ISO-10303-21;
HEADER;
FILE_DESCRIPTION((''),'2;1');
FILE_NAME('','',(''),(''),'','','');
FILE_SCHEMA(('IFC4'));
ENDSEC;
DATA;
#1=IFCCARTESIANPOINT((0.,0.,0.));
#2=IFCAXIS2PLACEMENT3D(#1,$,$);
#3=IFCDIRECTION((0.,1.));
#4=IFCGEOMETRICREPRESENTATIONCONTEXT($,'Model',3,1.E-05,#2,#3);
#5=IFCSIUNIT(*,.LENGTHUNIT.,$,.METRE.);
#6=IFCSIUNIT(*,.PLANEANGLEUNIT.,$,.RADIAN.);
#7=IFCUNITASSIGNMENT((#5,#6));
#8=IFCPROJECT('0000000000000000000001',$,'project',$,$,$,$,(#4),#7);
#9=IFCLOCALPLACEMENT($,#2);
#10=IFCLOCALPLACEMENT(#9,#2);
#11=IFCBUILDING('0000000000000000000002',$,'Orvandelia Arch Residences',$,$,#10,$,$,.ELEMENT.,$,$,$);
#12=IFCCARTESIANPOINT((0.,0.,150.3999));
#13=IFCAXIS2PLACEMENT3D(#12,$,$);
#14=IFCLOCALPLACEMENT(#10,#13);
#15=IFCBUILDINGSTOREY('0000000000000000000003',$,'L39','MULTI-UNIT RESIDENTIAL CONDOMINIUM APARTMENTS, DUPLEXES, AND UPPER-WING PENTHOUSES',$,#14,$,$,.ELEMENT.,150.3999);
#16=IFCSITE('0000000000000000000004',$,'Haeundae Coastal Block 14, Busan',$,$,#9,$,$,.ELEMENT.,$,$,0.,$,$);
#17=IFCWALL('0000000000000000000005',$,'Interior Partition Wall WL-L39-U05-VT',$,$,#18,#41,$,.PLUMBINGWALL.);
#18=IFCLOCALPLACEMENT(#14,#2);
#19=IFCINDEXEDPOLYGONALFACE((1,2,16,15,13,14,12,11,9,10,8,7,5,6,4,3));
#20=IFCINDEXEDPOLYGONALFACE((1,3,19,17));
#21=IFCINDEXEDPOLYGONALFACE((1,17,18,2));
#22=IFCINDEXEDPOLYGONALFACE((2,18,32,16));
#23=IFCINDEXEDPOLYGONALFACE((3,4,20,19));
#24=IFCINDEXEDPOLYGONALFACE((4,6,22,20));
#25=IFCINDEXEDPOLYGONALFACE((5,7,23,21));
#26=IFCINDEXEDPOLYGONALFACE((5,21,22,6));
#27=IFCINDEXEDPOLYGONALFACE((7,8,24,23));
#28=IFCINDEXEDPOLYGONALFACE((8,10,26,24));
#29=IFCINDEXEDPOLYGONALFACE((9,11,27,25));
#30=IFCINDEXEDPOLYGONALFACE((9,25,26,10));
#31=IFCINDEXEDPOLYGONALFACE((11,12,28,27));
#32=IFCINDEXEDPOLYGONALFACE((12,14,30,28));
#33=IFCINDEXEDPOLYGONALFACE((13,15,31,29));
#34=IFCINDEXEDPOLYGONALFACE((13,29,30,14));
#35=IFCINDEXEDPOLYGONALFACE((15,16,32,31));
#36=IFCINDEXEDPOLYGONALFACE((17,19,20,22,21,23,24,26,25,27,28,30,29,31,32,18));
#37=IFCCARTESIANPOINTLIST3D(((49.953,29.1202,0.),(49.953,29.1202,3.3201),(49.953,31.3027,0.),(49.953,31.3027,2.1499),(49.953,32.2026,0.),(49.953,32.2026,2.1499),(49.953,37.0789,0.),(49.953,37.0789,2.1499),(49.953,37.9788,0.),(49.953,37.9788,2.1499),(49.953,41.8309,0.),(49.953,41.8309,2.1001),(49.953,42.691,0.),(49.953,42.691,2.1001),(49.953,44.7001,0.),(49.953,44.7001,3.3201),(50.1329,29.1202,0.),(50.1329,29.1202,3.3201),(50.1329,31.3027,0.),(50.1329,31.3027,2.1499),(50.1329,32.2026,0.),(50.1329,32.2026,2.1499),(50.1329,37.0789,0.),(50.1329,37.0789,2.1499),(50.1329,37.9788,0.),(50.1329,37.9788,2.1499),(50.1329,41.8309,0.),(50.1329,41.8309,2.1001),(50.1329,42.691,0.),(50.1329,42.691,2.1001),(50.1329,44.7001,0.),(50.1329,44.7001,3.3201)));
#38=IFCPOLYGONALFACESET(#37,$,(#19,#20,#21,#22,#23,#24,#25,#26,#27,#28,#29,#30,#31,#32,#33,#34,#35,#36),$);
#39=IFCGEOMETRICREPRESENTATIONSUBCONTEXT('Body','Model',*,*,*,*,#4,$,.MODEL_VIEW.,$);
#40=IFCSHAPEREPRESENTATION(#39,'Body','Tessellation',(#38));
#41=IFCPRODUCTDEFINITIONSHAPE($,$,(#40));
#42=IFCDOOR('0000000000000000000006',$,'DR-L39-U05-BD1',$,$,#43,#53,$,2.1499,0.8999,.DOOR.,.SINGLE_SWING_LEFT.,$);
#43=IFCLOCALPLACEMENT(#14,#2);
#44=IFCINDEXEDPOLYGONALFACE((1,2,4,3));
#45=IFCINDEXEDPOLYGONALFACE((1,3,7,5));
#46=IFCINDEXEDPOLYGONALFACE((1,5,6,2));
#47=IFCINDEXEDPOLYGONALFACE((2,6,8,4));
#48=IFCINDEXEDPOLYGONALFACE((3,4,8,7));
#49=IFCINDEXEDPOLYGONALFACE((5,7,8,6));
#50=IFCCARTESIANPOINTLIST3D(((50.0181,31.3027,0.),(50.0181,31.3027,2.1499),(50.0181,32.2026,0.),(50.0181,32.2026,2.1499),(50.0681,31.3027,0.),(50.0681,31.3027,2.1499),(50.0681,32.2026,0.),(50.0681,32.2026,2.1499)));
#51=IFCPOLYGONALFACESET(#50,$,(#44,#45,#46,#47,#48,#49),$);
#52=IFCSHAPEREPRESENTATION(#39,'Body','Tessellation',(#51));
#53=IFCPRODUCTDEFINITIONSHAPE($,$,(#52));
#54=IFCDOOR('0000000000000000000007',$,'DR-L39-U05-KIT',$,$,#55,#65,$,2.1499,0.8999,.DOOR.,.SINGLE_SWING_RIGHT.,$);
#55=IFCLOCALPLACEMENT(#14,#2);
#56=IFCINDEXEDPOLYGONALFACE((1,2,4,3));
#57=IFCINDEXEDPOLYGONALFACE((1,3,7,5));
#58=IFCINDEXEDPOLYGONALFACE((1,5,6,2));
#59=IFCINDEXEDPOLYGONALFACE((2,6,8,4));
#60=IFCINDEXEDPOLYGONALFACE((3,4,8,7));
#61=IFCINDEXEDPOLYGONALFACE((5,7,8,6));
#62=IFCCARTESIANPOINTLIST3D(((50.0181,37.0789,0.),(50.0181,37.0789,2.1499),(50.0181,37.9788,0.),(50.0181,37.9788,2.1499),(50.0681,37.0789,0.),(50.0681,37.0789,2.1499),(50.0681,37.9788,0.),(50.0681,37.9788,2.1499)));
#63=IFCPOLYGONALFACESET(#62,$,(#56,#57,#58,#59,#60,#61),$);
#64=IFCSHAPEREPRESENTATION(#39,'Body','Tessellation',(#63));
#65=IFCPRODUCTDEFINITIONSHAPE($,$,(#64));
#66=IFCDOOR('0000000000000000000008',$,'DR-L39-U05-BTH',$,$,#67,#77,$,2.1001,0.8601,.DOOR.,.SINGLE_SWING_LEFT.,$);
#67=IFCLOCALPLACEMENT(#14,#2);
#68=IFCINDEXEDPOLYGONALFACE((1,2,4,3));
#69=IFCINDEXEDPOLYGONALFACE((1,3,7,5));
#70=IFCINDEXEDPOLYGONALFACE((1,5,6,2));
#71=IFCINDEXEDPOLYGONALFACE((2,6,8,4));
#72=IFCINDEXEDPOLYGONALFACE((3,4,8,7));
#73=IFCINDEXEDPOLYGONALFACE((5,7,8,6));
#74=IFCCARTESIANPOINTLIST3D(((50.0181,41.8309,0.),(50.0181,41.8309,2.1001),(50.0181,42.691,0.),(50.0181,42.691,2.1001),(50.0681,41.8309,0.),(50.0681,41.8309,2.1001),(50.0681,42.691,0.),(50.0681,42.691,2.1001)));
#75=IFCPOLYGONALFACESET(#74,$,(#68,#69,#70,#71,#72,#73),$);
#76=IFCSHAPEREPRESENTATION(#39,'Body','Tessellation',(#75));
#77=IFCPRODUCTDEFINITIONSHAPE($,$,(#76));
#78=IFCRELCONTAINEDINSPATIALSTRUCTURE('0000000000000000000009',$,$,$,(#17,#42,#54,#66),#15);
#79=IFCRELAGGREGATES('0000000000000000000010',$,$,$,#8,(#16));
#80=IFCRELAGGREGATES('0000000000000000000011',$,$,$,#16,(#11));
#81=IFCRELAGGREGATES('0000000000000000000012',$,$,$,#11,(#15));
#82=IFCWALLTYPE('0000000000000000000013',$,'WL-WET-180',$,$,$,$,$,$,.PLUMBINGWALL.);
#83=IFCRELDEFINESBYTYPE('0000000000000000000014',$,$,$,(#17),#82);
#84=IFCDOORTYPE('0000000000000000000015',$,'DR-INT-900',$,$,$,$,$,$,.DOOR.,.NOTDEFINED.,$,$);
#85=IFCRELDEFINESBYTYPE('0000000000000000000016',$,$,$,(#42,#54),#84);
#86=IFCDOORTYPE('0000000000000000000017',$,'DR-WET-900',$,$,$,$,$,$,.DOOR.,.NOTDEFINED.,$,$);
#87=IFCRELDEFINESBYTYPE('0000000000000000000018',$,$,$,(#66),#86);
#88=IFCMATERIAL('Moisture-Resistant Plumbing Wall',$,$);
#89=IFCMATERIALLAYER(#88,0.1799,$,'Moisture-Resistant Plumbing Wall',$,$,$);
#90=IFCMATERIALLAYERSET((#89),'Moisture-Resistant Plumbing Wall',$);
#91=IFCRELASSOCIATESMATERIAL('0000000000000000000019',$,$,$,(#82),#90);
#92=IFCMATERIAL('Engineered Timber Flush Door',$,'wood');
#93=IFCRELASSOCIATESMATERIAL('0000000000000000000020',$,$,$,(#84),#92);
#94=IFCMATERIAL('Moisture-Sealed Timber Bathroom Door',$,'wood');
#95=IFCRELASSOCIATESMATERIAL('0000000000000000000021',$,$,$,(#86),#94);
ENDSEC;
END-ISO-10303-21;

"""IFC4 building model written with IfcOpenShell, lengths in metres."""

from ifc_helpers import new_model, si_unit, direction, frame, frame_2d, origin, place, context, subcontext, project, spatial, rectangle, extrude, material, layer, layer_set, type_object, element, fill, save


model = new_model("IFC4")

# Units and contexts
model_context = context("Model", 3, precision=1e-05, world=origin(), true_north=direction((0.0, 1.0)))
body_context = subcontext(model_context, "Body", "Model", "MODEL_VIEW")
ifc_project = project(units=[si_unit("LENGTHUNIT", "METRE"), si_unit("PLANEANGLEUNIT", "RADIAN")], contexts=[model_context])

# Site, building, storey
site_placement = place(None, origin())
site = spatial("IfcSite", under=ifc_project, at=site_placement, Name="Haeundae Coastal Block 14, Busan", CompositionType="ELEMENT", RefElevation=0.0)
building_placement = place(site_placement, origin())
building = spatial("IfcBuilding", under=site, at=building_placement, Name="Orvandelia Arch Residences", CompositionType="ELEMENT")
storey_placement = place(building_placement, frame((0.0, 0.0, 150.3999)))
storey = spatial("IfcBuildingStorey", under=building, at=storey_placement, Name="L39", Description="MULTI-UNIT RESIDENTIAL CONDOMINIUM APARTMENTS, DUPLEXES, AND UPPER-WING PENTHOUSES", CompositionType="ELEMENT", Elevation=150.3999)

# Wall, openings, doors
ifc_material_1 = material(Name="Moisture-Resistant Plumbing Wall")
ifc_layer_1 = layer(ifc_material_1, 0.1799, Name="Moisture-Resistant Plumbing Wall")
ifc_layer_set_1 = layer_set([ifc_layer_1], Name="Moisture-Resistant Plumbing Wall")
wall_type_1 = type_object("IfcWallType", Name="WL-WET-180", PredefinedType="PLUMBINGWALL", material=ifc_layer_set_1)
wall_1_placement = place(storey_placement, frame((50.043, 29.1201, 0.0), z_axis=(0.0, 0.0, 1.0), x_axis=(0.0, 1.0, 0.0)))
wall_1 = element("IfcWall", 1, at=wall_1_placement, inside=storey, type_object=wall_type_1, Name="Interior Partition Wall WL-L39-U05-VT", PredefinedType="PLUMBINGWALL", context=body_context, shape_type="SweptSolid", body=[
    extrude(rectangle(XDim=15.5798, YDim=0.1799, at=frame_2d((7.79, 0.0))), origin(), (0.0, 0.0, 1.0), 3.3201),
])
opening_1_placement = place(wall_1_placement, frame((2.1826, 0.0, 0.0)))
opening_1 = element("IfcOpeningElement", 2, at=opening_1_placement, cuts=wall_1, PredefinedType="OPENING", context=body_context, shape_type="SweptSolid", body=[
    extrude(rectangle(XDim=0.8999, YDim=2.1499, at=frame_2d((0.45, 1.075))), frame((0.0, 0.1001, 0.0), z_axis=(0.0, -1.0, 0.0), x_axis=(1.0, 0.0, 0.0)), (0.0, 0.0, 1.0), 0.2),
])
opening_2_placement = place(wall_1_placement, frame((7.9587, 0.0, 0.0)))
opening_2 = element("IfcOpeningElement", 3, at=opening_2_placement, cuts=wall_1, PredefinedType="OPENING", context=body_context, shape_type="SweptSolid", body=[
    extrude(rectangle(XDim=0.8999, YDim=2.1499, at=frame_2d((0.45, 1.075))), frame((0.0, 0.1001, 0.0), z_axis=(0.0, -1.0, 0.0), x_axis=(1.0, 0.0, 0.0)), (0.0, 0.0, 1.0), 0.2),
])
opening_3_placement = place(wall_1_placement, frame((12.7107, 0.0, 0.0)))
opening_3 = element("IfcOpeningElement", 4, at=opening_3_placement, cuts=wall_1, PredefinedType="OPENING", context=body_context, shape_type="SweptSolid", body=[
    extrude(rectangle(XDim=0.8601, YDim=2.1001, at=frame_2d((0.4302, 1.05))), frame((0.0, 0.1001, 0.0), z_axis=(0.0, -1.0, 0.0), x_axis=(1.0, 0.0, 0.0)), (0.0, 0.0, 1.0), 0.2),
])
ifc_material_2 = material(Name="Engineered Timber Flush Door", Category="wood")
door_type_1 = type_object("IfcDoorType", Name="DR-INT-900", OperationType="NOTDEFINED", PredefinedType="DOOR", material=ifc_material_2)
door_1_placement = place(opening_1_placement, origin())
door_1 = element("IfcDoor", 5, at=door_1_placement, inside=storey, type_object=door_type_1, Name="DR-L39-U05-BD1", OperationType="SINGLE_SWING_LEFT", OverallHeight=2.1499, OverallWidth=0.8999, PredefinedType="DOOR", context=body_context, shape_type="SweptSolid", body=[
    extrude(rectangle(XDim=0.8999, YDim=2.1499, at=frame_2d((0.45, 1.075))), frame((0.0, 0.0249, 0.0), z_axis=(0.0, -1.0, 0.0), x_axis=(1.0, 0.0, 0.0)), (0.0, 0.0, 1.0), 0.05),
])
fill(opening_1, door_1)
door_2_placement = place(opening_2_placement, origin())
door_2 = element("IfcDoor", 6, at=door_2_placement, inside=storey, type_object=door_type_1, Name="DR-L39-U05-KIT", OperationType="SINGLE_SWING_RIGHT", OverallHeight=2.1499, OverallWidth=0.8999, PredefinedType="DOOR", context=body_context, shape_type="SweptSolid", body=[
    extrude(rectangle(XDim=0.8999, YDim=2.1499, at=frame_2d((0.45, 1.075))), frame((0.0, 0.0249, 0.0), z_axis=(0.0, -1.0, 0.0), x_axis=(1.0, 0.0, 0.0)), (0.0, 0.0, 1.0), 0.05),
])
fill(opening_2, door_2)
ifc_material_3 = material(Name="Moisture-Sealed Timber Bathroom Door", Category="wood")
door_type_2 = type_object("IfcDoorType", Name="DR-WET-900", OperationType="NOTDEFINED", PredefinedType="DOOR", material=ifc_material_3)
door_3_placement = place(opening_3_placement, origin())
door_3 = element("IfcDoor", 7, at=door_3_placement, inside=storey, type_object=door_type_2, Name="DR-L39-U05-BTH", OperationType="SINGLE_SWING_LEFT", OverallHeight=2.1001, OverallWidth=0.8601, PredefinedType="DOOR", context=body_context, shape_type="SweptSolid", body=[
    extrude(rectangle(XDim=0.8601, YDim=2.1001, at=frame_2d((0.4302, 1.05))), frame((0.0, 0.0249, 0.0), z_axis=(0.0, -1.0, 0.0), x_axis=(1.0, 0.0, 0.0)), (0.0, 0.0, 1.0), 0.05),
])
fill(opening_3, door_3)

save(model, "model.ifc")
